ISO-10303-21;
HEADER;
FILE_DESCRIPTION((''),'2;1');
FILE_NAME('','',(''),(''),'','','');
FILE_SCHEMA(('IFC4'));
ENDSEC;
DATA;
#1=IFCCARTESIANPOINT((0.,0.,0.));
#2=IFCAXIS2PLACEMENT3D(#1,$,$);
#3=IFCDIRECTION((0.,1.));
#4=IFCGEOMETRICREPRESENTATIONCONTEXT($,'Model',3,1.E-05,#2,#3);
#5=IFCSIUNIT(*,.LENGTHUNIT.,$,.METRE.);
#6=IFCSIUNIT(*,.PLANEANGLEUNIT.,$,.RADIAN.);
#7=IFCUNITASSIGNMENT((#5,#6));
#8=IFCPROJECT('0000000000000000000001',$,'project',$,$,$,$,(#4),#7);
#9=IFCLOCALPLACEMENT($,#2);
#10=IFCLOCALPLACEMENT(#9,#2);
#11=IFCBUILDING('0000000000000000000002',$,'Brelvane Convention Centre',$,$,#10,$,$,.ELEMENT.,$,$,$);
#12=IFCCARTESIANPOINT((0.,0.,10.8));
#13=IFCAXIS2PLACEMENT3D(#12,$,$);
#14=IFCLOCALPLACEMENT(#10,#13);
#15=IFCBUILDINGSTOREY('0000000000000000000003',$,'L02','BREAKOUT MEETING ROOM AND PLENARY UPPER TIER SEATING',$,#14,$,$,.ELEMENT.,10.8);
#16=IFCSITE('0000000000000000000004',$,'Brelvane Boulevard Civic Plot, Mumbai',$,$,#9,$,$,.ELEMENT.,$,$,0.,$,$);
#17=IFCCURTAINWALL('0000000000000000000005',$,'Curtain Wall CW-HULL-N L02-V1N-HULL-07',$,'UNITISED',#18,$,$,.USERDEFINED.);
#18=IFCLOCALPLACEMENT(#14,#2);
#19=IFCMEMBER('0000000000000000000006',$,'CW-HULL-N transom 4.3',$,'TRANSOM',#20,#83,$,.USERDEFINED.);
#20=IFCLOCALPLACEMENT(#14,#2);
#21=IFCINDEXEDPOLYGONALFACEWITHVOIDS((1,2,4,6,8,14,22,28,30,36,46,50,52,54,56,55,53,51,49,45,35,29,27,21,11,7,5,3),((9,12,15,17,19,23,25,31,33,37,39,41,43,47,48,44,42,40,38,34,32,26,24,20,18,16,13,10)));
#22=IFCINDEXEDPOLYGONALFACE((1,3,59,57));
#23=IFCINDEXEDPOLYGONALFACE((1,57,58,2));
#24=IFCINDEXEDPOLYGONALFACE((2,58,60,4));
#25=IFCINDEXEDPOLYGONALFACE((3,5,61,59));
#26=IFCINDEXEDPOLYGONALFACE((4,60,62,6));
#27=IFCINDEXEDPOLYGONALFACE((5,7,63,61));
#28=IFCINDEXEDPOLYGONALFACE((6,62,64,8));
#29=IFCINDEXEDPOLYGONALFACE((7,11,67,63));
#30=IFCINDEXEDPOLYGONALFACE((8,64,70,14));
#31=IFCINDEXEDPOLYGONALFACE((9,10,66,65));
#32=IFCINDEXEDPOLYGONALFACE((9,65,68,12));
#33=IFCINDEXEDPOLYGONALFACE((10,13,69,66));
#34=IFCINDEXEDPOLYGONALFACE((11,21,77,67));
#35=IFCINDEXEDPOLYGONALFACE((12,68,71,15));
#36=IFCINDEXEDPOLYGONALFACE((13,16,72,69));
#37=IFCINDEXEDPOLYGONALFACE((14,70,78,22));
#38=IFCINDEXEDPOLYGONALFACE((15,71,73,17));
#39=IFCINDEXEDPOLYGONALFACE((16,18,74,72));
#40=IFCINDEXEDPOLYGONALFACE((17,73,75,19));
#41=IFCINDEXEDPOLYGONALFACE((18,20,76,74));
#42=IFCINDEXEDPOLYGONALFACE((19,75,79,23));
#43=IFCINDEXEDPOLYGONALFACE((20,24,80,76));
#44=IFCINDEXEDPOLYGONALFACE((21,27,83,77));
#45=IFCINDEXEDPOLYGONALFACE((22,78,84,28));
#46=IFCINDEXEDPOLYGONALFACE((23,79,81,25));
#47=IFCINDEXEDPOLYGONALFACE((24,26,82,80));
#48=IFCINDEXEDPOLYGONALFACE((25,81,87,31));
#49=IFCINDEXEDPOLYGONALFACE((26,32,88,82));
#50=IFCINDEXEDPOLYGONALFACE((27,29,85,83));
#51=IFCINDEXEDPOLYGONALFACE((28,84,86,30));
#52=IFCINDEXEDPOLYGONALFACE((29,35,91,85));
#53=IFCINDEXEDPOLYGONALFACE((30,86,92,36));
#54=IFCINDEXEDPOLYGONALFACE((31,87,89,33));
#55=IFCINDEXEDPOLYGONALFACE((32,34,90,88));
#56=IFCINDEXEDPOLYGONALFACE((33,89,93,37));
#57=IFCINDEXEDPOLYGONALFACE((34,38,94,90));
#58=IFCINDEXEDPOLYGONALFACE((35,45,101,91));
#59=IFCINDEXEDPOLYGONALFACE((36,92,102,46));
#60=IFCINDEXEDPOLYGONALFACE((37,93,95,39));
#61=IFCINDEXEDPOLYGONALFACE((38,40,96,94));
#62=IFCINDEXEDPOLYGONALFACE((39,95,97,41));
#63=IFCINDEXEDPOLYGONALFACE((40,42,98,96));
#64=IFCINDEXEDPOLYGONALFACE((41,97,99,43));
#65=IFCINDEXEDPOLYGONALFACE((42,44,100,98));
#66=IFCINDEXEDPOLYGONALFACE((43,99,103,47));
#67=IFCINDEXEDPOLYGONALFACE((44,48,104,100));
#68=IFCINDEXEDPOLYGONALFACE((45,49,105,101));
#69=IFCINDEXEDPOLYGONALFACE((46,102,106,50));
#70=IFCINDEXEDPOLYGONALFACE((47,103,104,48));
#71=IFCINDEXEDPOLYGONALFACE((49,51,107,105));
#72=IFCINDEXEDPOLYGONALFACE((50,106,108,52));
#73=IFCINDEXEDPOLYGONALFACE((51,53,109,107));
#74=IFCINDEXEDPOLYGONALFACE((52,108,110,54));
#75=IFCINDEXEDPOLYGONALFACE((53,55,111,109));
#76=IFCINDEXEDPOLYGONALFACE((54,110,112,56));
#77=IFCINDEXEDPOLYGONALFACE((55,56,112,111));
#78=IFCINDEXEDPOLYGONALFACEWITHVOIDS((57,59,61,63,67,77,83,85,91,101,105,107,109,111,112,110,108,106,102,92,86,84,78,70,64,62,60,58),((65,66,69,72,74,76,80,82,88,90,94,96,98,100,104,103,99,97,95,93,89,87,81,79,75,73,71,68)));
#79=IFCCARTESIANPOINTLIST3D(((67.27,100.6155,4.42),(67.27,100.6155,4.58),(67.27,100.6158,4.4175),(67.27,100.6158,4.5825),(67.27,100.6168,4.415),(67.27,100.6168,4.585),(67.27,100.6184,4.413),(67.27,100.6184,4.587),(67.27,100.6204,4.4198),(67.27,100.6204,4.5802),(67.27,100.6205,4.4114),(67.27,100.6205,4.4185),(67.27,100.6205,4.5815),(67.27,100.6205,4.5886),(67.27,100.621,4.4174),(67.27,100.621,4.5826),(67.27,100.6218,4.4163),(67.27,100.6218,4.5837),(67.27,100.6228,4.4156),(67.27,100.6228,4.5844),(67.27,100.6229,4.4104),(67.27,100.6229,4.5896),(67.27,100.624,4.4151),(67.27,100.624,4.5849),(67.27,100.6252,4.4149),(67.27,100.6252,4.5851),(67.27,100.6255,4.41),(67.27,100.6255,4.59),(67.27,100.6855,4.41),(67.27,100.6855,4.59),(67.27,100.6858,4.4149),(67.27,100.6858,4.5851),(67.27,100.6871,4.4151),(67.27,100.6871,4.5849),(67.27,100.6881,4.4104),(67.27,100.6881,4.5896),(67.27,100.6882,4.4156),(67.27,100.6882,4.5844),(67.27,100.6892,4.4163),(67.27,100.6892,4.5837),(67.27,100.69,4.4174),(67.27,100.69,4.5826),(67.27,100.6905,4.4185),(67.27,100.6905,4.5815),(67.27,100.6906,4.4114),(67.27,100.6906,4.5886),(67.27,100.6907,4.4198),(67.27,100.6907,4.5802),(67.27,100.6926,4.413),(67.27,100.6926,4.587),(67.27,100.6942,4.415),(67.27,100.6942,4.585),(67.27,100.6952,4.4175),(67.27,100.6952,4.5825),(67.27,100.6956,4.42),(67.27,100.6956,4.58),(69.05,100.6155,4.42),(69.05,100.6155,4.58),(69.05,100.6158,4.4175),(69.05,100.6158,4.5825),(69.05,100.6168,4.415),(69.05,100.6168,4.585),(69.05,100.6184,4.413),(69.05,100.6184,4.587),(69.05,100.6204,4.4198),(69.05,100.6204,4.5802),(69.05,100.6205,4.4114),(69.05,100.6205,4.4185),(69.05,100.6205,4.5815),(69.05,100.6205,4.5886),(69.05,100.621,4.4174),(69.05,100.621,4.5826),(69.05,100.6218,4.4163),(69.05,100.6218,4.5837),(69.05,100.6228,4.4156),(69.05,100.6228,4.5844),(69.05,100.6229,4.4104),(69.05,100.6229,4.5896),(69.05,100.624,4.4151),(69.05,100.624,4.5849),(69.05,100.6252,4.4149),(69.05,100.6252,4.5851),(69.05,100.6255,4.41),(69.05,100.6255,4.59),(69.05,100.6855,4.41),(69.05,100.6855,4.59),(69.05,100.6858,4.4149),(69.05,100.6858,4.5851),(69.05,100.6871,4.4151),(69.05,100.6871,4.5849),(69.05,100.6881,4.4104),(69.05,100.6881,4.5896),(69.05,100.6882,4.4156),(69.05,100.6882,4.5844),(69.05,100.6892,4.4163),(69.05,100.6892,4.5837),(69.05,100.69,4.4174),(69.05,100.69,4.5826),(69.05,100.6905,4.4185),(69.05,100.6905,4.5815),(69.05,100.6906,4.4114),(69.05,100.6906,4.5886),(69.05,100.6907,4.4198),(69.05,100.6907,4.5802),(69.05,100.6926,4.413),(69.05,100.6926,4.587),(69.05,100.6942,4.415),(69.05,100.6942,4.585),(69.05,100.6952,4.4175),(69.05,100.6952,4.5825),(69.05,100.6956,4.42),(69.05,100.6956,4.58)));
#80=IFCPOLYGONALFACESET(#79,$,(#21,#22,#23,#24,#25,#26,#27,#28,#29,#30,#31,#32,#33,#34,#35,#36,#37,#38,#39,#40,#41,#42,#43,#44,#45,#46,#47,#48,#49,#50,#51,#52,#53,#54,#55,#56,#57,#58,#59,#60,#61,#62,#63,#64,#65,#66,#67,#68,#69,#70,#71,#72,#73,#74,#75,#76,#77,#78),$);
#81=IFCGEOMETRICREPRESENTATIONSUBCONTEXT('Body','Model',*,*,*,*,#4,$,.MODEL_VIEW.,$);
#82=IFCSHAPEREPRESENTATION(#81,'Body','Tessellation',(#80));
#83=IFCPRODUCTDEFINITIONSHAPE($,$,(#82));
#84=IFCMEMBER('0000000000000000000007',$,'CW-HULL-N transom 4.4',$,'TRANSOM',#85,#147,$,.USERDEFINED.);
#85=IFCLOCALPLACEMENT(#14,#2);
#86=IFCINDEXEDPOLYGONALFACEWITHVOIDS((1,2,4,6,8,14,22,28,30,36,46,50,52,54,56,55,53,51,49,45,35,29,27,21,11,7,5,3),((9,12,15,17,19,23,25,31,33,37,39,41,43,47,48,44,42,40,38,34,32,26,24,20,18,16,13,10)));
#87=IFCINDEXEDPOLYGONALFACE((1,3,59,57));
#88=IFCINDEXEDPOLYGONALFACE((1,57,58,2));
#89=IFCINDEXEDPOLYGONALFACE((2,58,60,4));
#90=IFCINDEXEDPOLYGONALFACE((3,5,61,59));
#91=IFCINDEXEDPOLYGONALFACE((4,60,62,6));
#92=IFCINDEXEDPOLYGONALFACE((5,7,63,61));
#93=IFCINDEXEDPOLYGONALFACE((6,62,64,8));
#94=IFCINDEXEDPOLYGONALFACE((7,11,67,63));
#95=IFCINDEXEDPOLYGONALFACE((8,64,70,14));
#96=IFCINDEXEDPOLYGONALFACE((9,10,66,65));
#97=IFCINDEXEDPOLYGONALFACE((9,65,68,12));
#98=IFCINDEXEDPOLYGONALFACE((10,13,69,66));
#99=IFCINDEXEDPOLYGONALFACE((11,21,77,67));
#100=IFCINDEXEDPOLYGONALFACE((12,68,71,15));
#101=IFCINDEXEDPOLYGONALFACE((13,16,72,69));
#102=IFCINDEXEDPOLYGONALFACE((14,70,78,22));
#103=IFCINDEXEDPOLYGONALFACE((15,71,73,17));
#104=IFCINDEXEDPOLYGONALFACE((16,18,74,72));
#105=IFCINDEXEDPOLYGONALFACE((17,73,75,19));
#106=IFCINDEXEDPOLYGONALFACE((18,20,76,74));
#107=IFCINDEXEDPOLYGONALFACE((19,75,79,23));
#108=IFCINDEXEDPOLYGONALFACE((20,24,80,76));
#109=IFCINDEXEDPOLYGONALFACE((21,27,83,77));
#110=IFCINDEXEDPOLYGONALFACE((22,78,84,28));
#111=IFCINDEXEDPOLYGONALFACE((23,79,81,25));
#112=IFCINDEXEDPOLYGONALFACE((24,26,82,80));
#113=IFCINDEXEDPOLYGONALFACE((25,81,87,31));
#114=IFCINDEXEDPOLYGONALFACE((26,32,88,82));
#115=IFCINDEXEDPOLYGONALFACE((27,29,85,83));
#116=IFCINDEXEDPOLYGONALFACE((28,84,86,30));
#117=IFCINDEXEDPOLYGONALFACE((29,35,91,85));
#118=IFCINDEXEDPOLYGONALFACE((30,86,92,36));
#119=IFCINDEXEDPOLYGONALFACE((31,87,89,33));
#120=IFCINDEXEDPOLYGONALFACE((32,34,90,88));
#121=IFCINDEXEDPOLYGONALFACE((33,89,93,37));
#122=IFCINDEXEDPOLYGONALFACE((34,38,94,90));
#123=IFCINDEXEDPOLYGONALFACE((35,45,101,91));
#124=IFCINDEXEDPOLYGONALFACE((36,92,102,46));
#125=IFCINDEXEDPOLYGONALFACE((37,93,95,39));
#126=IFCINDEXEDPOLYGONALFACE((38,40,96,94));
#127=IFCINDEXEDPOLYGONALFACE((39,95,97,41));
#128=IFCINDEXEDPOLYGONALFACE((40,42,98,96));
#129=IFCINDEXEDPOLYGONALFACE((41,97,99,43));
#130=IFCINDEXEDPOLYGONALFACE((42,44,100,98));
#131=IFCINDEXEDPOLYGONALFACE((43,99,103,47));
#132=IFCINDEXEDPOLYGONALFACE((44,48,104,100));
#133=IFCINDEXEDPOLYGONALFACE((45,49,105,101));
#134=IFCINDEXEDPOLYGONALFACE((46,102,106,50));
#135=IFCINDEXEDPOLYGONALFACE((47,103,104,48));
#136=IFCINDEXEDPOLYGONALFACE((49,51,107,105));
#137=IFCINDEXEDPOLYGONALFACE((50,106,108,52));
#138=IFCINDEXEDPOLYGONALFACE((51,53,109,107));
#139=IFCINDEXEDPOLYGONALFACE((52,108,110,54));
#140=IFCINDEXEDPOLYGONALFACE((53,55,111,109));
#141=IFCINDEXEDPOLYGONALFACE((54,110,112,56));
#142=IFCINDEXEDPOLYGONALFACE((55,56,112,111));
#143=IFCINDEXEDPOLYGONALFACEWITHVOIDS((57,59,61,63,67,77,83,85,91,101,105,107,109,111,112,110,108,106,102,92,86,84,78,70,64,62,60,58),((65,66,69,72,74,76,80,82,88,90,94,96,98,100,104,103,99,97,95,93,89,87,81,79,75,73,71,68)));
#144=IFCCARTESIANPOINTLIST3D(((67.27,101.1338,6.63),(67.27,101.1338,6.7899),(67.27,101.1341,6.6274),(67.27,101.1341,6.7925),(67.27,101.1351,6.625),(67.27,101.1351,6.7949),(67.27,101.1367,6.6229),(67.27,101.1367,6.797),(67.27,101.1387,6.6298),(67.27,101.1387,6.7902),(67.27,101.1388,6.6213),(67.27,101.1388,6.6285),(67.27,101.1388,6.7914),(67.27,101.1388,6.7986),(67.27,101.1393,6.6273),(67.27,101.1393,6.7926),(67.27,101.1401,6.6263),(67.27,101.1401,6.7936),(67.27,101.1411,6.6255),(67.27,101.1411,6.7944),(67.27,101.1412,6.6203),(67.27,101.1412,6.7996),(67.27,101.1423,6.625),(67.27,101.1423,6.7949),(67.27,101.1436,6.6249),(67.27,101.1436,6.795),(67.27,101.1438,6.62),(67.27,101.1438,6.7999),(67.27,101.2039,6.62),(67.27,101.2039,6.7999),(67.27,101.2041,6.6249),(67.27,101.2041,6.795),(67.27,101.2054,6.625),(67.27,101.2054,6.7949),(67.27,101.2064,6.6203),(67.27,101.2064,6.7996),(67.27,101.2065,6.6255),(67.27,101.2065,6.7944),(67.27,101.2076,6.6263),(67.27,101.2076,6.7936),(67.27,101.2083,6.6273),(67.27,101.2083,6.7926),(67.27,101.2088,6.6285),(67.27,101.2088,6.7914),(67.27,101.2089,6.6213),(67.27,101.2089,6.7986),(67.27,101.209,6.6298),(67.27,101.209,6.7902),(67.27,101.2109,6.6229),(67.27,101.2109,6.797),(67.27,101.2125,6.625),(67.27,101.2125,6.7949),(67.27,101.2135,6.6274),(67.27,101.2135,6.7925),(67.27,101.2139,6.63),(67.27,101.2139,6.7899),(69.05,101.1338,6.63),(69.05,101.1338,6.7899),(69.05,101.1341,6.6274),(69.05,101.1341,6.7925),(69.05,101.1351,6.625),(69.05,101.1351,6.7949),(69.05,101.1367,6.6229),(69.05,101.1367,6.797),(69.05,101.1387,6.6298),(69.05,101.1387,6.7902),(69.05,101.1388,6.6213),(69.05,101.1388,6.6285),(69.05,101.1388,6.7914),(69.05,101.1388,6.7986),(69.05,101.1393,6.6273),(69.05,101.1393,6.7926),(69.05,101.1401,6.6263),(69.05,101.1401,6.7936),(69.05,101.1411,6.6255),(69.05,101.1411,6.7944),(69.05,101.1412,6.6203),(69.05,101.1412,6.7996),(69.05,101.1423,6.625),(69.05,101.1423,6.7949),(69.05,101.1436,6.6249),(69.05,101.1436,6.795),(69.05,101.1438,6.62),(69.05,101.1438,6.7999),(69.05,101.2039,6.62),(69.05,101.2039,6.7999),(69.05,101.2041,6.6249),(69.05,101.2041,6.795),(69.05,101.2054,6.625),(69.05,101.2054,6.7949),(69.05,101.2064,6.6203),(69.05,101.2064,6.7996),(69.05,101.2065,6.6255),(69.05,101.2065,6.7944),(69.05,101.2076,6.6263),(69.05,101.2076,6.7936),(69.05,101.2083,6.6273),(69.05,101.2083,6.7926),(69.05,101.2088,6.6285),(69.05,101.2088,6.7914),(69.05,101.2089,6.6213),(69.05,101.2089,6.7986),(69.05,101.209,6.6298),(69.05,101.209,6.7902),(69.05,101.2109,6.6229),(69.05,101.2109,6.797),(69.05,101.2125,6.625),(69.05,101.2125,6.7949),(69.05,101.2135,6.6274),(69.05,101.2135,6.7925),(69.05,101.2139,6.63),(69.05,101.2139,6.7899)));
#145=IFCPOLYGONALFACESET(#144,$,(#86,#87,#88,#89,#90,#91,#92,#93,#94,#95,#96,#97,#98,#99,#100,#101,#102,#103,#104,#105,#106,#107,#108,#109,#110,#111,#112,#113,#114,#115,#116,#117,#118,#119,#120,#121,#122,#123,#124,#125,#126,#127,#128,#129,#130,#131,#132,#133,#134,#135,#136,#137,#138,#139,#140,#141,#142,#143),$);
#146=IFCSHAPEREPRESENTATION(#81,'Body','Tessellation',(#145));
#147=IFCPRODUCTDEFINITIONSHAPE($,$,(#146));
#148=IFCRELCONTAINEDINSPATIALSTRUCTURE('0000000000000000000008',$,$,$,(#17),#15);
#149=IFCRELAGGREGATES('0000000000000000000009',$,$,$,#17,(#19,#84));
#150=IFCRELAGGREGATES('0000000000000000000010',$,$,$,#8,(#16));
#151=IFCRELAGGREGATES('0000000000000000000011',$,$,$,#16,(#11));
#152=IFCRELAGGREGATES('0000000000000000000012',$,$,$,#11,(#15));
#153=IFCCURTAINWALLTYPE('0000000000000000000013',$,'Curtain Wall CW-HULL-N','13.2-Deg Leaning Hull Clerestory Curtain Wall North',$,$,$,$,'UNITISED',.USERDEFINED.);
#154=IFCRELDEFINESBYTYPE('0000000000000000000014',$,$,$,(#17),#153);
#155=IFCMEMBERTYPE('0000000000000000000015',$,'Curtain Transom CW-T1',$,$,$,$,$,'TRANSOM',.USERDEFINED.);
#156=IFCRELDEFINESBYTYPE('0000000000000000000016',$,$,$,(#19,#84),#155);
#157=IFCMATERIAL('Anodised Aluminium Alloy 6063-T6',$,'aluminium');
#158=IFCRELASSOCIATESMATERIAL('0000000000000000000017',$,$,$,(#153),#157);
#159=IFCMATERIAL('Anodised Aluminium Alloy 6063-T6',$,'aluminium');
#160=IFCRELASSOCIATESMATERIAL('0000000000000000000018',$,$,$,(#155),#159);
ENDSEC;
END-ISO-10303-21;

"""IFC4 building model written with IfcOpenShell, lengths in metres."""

from ifc_helpers import new_model, si_unit, direction, frame, origin, origin_2d, place, context, subcontext, project, spatial, hollow_rectangle, extrude, material, material_profile, profile_set, type_object, element, aggregate, save


model = new_model("IFC4")

# Units and contexts
model_context = context("Model", 3, precision=1e-05, world=origin(), true_north=direction((0.0, 1.0)))
body_context = subcontext(model_context, "Body", "Model", "MODEL_VIEW")
ifc_project = project(units=[si_unit("LENGTHUNIT", "METRE"), si_unit("PLANEANGLEUNIT", "RADIAN")], contexts=[model_context])

# Site, building, storey
site_placement = place(None, origin())
site = spatial("IfcSite", under=ifc_project, at=site_placement, Name="Brelvane Boulevard Civic Plot, Mumbai", CompositionType="ELEMENT", RefElevation=0.0)
building_placement = place(site_placement, origin())
building = spatial("IfcBuilding", under=site, at=building_placement, Name="Brelvane Convention Centre", CompositionType="ELEMENT")
storey_placement = place(building_placement, frame((0.0, 0.0, 10.8)))
storey = spatial("IfcBuildingStorey", under=building, at=storey_placement, Name="L02", Description="BREAKOUT MEETING ROOM AND PLENARY UPPER TIER SEATING", CompositionType="ELEMENT", Elevation=10.8)

# Curtain wall, members
ifc_material_1 = material(Name="Anodised Aluminium Alloy 6063-T6", Category="aluminium")
curtain_wall_type_1 = type_object("IfcCurtainWallType", Name="Curtain Wall CW-HULL-N", Description="13.2-Deg Leaning Hull Clerestory Curtain Wall North", ElementType="UNITISED", PredefinedType="USERDEFINED", material=ifc_material_1)
curtain_wall_1_placement = place(storey_placement, origin())
curtain_wall_1 = element("IfcCurtainWall", 1, at=curtain_wall_1_placement, inside=storey, type_object=curtain_wall_type_1, Name="Curtain Wall CW-HULL-N L02-V1N-HULL-07", ObjectType="UNITISED", PredefinedType="USERDEFINED")
ifc_material_2 = material(Name="Anodised Aluminium Alloy 6063-T6", Category="aluminium")
ifc_material_profile_1 = material_profile(ifc_material_2, hollow_rectangle(XDim=0.0801, YDim=0.1799, WallThickness=0.0049, InnerFilletRadius=0.0049, OuterFilletRadius=0.01, at=origin_2d()), Name="ALU-T 180x80x5.0")
ifc_profile_set_1 = profile_set([ifc_material_profile_1], Name="Anodised Aluminium Alloy 6063-T6")
member_type_1 = type_object("IfcMemberType", Name="Curtain Transom CW-T1", ElementType="TRANSOM", PredefinedType="USERDEFINED", material=ifc_profile_set_1)
member_1_placement = place(storey_placement, frame((67.27, 100.6555, 4.5), z_axis=(1.0, 0.0, 0.0), x_axis=(0.0, 1.0, 0.0)))
member_1 = element("IfcMember", 2, at=member_1_placement, type_object=member_type_1, Name="CW-HULL-N transom 4.3", ObjectType="TRANSOM", PredefinedType="USERDEFINED", context=body_context, shape_type="SweptSolid", body=[
    extrude(hollow_rectangle(XDim=0.0801, YDim=0.1799, WallThickness=0.0049, InnerFilletRadius=0.0049, OuterFilletRadius=0.01, at=origin_2d()), origin(), (0.0, 0.0, 1.0), 1.78),
])
member_2_placement = place(storey_placement, frame((67.27, 101.1738, 6.71), z_axis=(1.0, 0.0, 0.0), x_axis=(0.0, 1.0, 0.0)))
member_2 = element("IfcMember", 3, at=member_2_placement, type_object=member_type_1, Name="CW-HULL-N transom 4.4", ObjectType="TRANSOM", PredefinedType="USERDEFINED", context=body_context, shape_type="SweptSolid", body=[
    extrude(hollow_rectangle(XDim=0.0801, YDim=0.1799, WallThickness=0.0049, InnerFilletRadius=0.0049, OuterFilletRadius=0.01, at=origin_2d()), origin(), (0.0, 0.0, 1.0), 1.78),
])

aggregate(curtain_wall_1, [member_1, member_2])

save(model, "model.ifc")
